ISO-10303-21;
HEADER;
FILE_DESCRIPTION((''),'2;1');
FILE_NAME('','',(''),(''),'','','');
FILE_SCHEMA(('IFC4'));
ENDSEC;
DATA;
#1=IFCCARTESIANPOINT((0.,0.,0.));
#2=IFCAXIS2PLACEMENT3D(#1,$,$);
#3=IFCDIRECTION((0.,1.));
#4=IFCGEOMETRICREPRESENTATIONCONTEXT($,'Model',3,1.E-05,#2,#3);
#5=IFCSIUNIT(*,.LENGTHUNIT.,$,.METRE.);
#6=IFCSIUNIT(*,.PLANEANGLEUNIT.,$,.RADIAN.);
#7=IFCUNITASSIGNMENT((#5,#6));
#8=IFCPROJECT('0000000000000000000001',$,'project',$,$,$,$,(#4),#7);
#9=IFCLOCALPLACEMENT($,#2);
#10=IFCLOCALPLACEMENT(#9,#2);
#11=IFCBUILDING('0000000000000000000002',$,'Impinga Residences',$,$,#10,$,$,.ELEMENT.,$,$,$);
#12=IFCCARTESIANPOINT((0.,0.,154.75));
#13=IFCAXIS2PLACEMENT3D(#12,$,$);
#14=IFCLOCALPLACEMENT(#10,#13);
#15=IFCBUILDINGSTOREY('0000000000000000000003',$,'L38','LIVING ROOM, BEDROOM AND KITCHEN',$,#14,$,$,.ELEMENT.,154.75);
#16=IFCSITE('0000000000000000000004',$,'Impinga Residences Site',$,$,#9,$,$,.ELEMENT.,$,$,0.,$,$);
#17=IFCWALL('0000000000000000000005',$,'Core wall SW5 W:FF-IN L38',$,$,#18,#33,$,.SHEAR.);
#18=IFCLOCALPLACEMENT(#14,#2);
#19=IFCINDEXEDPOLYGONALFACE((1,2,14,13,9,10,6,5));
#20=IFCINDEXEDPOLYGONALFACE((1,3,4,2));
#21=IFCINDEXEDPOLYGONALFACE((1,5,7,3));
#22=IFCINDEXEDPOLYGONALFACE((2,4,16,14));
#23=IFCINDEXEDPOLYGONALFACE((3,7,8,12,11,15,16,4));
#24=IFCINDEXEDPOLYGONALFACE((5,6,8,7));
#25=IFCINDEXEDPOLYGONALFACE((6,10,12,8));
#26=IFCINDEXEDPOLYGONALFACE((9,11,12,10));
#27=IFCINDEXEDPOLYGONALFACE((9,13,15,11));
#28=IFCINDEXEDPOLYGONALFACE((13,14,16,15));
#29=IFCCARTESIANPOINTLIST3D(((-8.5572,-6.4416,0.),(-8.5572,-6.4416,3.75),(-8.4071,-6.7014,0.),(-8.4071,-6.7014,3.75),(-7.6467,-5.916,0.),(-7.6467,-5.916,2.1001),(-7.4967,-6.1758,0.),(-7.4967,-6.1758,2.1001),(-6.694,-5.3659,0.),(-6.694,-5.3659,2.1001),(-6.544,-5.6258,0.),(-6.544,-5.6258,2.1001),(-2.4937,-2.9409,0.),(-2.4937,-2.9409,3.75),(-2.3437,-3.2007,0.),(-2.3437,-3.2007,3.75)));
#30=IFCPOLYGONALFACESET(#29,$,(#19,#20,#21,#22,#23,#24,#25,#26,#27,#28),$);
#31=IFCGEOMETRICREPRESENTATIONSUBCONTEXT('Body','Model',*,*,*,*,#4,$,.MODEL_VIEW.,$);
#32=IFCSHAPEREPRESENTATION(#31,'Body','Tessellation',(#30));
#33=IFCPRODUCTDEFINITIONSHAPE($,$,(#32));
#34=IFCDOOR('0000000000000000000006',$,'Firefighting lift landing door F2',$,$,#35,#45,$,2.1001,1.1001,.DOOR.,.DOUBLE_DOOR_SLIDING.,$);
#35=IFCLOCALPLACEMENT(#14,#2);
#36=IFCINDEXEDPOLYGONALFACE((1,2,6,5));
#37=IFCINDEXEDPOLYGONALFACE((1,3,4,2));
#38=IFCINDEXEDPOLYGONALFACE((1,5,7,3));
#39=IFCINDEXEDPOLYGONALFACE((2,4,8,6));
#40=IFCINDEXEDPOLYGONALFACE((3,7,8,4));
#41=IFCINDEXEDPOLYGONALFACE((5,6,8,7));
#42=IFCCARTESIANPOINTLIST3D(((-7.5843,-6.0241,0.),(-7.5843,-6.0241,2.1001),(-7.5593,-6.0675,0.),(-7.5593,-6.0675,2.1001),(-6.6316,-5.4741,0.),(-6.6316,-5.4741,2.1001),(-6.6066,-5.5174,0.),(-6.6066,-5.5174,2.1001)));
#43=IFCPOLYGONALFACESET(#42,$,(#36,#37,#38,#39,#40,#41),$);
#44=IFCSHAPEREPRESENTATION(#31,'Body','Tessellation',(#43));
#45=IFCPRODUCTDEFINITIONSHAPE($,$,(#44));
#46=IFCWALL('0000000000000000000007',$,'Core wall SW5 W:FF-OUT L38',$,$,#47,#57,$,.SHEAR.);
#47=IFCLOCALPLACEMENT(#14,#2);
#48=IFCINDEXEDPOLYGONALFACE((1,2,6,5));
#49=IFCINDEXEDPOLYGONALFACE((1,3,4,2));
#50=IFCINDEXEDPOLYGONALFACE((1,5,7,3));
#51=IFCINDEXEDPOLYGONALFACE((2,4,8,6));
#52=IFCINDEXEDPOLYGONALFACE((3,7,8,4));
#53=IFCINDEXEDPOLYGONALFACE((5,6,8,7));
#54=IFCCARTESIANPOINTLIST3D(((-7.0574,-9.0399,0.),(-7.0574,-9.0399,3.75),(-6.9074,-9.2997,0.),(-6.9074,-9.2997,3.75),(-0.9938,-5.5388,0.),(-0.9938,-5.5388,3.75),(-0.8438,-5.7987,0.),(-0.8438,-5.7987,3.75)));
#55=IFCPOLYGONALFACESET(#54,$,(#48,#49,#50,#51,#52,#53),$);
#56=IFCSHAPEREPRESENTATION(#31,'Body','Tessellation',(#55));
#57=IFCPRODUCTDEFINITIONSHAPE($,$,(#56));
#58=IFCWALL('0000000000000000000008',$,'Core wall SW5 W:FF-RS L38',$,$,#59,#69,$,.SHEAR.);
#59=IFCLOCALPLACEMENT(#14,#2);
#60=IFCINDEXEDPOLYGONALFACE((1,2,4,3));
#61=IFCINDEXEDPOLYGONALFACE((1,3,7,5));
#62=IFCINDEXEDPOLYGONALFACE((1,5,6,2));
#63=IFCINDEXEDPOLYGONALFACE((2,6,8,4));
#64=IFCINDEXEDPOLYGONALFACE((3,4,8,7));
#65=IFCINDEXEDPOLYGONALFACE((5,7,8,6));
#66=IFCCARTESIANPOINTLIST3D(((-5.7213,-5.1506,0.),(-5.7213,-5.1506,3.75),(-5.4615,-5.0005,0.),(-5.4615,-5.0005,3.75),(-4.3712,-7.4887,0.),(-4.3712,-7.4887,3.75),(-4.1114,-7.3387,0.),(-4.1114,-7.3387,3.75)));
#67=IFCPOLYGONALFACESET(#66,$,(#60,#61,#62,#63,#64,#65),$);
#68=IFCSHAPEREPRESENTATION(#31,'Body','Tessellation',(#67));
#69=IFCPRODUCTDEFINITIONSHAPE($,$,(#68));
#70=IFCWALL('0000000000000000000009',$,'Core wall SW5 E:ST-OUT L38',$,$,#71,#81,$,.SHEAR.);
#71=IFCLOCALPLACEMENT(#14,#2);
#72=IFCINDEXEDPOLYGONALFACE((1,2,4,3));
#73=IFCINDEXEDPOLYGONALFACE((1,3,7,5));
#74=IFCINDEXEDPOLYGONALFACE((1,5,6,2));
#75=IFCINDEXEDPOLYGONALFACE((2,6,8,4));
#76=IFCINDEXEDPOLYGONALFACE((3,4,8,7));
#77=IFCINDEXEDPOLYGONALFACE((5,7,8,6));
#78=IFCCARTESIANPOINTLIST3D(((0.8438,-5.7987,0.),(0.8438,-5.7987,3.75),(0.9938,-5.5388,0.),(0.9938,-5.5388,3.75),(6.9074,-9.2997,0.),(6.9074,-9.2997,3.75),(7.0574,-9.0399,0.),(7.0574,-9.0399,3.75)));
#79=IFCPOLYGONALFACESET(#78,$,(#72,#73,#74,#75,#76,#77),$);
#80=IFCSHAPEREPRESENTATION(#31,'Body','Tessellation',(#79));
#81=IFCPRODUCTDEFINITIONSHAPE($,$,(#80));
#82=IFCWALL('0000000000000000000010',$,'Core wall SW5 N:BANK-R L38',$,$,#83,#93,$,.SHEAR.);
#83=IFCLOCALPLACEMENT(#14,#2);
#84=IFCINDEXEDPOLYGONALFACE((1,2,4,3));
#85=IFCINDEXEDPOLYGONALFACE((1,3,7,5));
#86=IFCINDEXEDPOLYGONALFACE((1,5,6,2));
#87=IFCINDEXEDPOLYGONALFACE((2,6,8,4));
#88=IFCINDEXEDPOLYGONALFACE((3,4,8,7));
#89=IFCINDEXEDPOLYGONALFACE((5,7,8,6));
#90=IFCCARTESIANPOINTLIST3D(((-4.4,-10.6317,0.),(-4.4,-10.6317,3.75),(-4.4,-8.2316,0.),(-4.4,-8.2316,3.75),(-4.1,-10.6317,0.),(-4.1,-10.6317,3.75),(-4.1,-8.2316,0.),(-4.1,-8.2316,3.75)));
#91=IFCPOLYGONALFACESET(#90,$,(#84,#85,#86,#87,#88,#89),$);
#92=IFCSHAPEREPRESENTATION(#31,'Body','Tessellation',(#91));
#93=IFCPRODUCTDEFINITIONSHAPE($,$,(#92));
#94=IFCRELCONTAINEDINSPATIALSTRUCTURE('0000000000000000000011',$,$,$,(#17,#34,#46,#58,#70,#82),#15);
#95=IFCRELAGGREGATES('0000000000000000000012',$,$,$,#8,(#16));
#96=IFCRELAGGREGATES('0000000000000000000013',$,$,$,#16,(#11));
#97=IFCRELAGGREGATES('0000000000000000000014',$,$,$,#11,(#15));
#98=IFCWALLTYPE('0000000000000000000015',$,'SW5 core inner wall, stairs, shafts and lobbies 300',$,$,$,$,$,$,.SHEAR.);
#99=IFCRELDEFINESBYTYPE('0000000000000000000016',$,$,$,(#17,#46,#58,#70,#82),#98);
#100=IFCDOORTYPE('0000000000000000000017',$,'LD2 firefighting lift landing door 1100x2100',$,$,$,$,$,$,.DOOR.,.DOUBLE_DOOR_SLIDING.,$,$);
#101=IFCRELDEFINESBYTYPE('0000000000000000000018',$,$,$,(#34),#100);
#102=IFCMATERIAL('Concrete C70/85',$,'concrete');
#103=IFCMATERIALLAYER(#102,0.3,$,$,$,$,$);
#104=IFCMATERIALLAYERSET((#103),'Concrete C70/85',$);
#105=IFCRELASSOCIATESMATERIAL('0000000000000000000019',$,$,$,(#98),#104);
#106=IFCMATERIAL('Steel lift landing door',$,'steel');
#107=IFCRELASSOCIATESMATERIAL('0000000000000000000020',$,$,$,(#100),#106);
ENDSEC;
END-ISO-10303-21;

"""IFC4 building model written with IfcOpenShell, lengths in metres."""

from ifc_helpers import new_model, si_unit, direction, frame, frame_2d, origin, place, context, subcontext, project, spatial, rectangle, extrude, material, layer, layer_set, type_object, element, fill, save


model = new_model("IFC4")

# Units and contexts
model_context = context("Model", 3, precision=1e-05, world=origin(), true_north=direction((0.0, 1.0)))
body_context = subcontext(model_context, "Body", "Model", "MODEL_VIEW")
ifc_project = project(units=[si_unit("LENGTHUNIT", "METRE"), si_unit("PLANEANGLEUNIT", "RADIAN")], contexts=[model_context])

# Site, building, storey
site_placement = place(None, origin())
site = spatial("IfcSite", under=ifc_project, at=site_placement, Name="Impinga Residences Site", CompositionType="ELEMENT", RefElevation=0.0)
building_placement = place(site_placement, origin())
building = spatial("IfcBuilding", under=site, at=building_placement, Name="Impinga Residences", CompositionType="ELEMENT")
storey_placement = place(building_placement, frame((0.0, 0.0, 154.75)))
storey = spatial("IfcBuildingStorey", under=building, at=storey_placement, Name="L38", Description="LIVING ROOM, BEDROOM AND KITCHEN", CompositionType="ELEMENT", Elevation=154.75)

# Shared definitions
ifc_material_1 = material(Name="Concrete C70/85", Category="concrete")
ifc_layer_1 = layer(ifc_material_1, 0.3)
ifc_layer_set_1 = layer_set([ifc_layer_1], Name="Concrete C70/85")
wall_type_1 = type_object("IfcWallType", Name="SW5 core inner wall, stairs, shafts and lobbies 300", PredefinedType="SHEAR", material=ifc_layer_set_1)

# Wall, opening, door
wall_1_placement = place(storey_placement, frame((-2.4187, -3.0708, 0.0), z_axis=(0.0, 0.0, 1.0), x_axis=(-0.866026, -0.499998, 0.0)))
wall_1 = element("IfcWall", 1, at=wall_1_placement, inside=storey, type_object=wall_type_1, Name="Core wall SW5 W:FF-IN L38", PredefinedType="SHEAR", context=body_context, shape_type="SweptSolid", body=[
    extrude(rectangle(XDim=7.0015, YDim=0.3, at=frame_2d((3.5007, 0.0))), origin(), (0.0, 0.0, 1.0), 3.75),
])
opening_1_placement = place(wall_1_placement, frame((4.8501, 0.0, 0.0)))
opening_1 = element("IfcOpeningElement", 2, at=opening_1_placement, cuts=wall_1, PredefinedType="OPENING", context=body_context, shape_type="SweptSolid", body=[
    extrude(rectangle(XDim=1.1001, YDim=2.1001, at=frame_2d((0.55, 1.05))), frame((0.0, 0.1599, 0.0), z_axis=(0.0, -1.0, 0.0), x_axis=(1.0, 0.0, 0.0)), (0.0, 0.0, 1.0), 0.3201),
])
ifc_material_2 = material(Name="Steel lift landing door", Category="steel")
door_type_1 = type_object("IfcDoorType", Name="LD2 firefighting lift landing door 1100x2100", OperationType="DOUBLE_DOOR_SLIDING", PredefinedType="DOOR", material=ifc_material_2)
door_1_placement = place(opening_1_placement, origin())
door_1 = element("IfcDoor", 3, at=door_1_placement, inside=storey, type_object=door_type_1, Name="Firefighting lift landing door F2", OperationType="DOUBLE_DOOR_SLIDING", OverallHeight=2.1001, OverallWidth=1.1001, PredefinedType="DOOR", context=body_context, shape_type="SweptSolid", body=[
    extrude(rectangle(XDim=1.1001, YDim=2.1001, at=frame_2d((0.55, 1.05))), frame((0.0, 0.0249, 0.0), z_axis=(0.0, -1.0, 0.0), x_axis=(1.0, 0.0, 0.0)), (0.0, 0.0, 1.0), 0.05),
])
fill(opening_1, door_1)

# Walls
wall_2_placement = place(storey_placement, frame((-0.9187, -5.6687, 0.0), z_axis=(0.0, 0.0, 1.0), x_axis=(-0.866011, -0.500024, 0.0)))
element("IfcWall", 4, at=wall_2_placement, inside=storey, type_object=wall_type_1, Name="Core wall SW5 W:FF-OUT L38", PredefinedType="SHEAR", context=body_context, shape_type="SweptSolid", body=[
    extrude(rectangle(XDim=7.0017, YDim=0.3, at=frame_2d((3.501, 0.0))), origin(), (0.0, 0.0, 1.0), 3.75),
])
wall_3_placement = place(storey_placement, frame((-4.2412, -7.4138, 0.0), z_axis=(0.0, 0.0, 1.0), x_axis=(-0.500049, 0.865997, 0.0)))
element("IfcWall", 5, at=wall_3_placement, inside=storey, type_object=wall_type_1, Name="Core wall SW5 W:FF-RS L38", PredefinedType="SHEAR", context=body_context, shape_type="SweptSolid", body=[
    extrude(rectangle(XDim=2.7, YDim=0.3, at=frame_2d((1.3501, 0.0))), origin(), (0.0, 0.0, 1.0), 3.75),
])
wall_4_placement = place(storey_placement, frame((0.9187, -5.6687, 0.0), z_axis=(0.0, 0.0, 1.0), x_axis=(0.866011, -0.500024, 0.0)))
element("IfcWall", 6, at=wall_4_placement, inside=storey, type_object=wall_type_1, Name="Core wall SW5 E:ST-OUT L38", PredefinedType="SHEAR", context=body_context, shape_type="SweptSolid", body=[
    extrude(rectangle(XDim=7.0017, YDim=0.3, at=frame_2d((3.501, 0.0))), origin(), (0.0, 0.0, 1.0), 3.75),
])
wall_5_placement = place(storey_placement, frame((-4.25, -8.2314, 0.0), z_axis=(0.0, 0.0, 1.0), x_axis=(0.0, -1.0, 0.0)))
element("IfcWall", 7, at=wall_5_placement, inside=storey, type_object=wall_type_1, Name="Core wall SW5 N:BANK-R L38", PredefinedType="SHEAR", context=body_context, shape_type="SweptSolid", body=[
    extrude(rectangle(XDim=2.4001, YDim=0.3, at=frame_2d((1.2002, 0.0))), origin(), (0.0, 0.0, 1.0), 3.75),
])

save(model, "model.ifc")
